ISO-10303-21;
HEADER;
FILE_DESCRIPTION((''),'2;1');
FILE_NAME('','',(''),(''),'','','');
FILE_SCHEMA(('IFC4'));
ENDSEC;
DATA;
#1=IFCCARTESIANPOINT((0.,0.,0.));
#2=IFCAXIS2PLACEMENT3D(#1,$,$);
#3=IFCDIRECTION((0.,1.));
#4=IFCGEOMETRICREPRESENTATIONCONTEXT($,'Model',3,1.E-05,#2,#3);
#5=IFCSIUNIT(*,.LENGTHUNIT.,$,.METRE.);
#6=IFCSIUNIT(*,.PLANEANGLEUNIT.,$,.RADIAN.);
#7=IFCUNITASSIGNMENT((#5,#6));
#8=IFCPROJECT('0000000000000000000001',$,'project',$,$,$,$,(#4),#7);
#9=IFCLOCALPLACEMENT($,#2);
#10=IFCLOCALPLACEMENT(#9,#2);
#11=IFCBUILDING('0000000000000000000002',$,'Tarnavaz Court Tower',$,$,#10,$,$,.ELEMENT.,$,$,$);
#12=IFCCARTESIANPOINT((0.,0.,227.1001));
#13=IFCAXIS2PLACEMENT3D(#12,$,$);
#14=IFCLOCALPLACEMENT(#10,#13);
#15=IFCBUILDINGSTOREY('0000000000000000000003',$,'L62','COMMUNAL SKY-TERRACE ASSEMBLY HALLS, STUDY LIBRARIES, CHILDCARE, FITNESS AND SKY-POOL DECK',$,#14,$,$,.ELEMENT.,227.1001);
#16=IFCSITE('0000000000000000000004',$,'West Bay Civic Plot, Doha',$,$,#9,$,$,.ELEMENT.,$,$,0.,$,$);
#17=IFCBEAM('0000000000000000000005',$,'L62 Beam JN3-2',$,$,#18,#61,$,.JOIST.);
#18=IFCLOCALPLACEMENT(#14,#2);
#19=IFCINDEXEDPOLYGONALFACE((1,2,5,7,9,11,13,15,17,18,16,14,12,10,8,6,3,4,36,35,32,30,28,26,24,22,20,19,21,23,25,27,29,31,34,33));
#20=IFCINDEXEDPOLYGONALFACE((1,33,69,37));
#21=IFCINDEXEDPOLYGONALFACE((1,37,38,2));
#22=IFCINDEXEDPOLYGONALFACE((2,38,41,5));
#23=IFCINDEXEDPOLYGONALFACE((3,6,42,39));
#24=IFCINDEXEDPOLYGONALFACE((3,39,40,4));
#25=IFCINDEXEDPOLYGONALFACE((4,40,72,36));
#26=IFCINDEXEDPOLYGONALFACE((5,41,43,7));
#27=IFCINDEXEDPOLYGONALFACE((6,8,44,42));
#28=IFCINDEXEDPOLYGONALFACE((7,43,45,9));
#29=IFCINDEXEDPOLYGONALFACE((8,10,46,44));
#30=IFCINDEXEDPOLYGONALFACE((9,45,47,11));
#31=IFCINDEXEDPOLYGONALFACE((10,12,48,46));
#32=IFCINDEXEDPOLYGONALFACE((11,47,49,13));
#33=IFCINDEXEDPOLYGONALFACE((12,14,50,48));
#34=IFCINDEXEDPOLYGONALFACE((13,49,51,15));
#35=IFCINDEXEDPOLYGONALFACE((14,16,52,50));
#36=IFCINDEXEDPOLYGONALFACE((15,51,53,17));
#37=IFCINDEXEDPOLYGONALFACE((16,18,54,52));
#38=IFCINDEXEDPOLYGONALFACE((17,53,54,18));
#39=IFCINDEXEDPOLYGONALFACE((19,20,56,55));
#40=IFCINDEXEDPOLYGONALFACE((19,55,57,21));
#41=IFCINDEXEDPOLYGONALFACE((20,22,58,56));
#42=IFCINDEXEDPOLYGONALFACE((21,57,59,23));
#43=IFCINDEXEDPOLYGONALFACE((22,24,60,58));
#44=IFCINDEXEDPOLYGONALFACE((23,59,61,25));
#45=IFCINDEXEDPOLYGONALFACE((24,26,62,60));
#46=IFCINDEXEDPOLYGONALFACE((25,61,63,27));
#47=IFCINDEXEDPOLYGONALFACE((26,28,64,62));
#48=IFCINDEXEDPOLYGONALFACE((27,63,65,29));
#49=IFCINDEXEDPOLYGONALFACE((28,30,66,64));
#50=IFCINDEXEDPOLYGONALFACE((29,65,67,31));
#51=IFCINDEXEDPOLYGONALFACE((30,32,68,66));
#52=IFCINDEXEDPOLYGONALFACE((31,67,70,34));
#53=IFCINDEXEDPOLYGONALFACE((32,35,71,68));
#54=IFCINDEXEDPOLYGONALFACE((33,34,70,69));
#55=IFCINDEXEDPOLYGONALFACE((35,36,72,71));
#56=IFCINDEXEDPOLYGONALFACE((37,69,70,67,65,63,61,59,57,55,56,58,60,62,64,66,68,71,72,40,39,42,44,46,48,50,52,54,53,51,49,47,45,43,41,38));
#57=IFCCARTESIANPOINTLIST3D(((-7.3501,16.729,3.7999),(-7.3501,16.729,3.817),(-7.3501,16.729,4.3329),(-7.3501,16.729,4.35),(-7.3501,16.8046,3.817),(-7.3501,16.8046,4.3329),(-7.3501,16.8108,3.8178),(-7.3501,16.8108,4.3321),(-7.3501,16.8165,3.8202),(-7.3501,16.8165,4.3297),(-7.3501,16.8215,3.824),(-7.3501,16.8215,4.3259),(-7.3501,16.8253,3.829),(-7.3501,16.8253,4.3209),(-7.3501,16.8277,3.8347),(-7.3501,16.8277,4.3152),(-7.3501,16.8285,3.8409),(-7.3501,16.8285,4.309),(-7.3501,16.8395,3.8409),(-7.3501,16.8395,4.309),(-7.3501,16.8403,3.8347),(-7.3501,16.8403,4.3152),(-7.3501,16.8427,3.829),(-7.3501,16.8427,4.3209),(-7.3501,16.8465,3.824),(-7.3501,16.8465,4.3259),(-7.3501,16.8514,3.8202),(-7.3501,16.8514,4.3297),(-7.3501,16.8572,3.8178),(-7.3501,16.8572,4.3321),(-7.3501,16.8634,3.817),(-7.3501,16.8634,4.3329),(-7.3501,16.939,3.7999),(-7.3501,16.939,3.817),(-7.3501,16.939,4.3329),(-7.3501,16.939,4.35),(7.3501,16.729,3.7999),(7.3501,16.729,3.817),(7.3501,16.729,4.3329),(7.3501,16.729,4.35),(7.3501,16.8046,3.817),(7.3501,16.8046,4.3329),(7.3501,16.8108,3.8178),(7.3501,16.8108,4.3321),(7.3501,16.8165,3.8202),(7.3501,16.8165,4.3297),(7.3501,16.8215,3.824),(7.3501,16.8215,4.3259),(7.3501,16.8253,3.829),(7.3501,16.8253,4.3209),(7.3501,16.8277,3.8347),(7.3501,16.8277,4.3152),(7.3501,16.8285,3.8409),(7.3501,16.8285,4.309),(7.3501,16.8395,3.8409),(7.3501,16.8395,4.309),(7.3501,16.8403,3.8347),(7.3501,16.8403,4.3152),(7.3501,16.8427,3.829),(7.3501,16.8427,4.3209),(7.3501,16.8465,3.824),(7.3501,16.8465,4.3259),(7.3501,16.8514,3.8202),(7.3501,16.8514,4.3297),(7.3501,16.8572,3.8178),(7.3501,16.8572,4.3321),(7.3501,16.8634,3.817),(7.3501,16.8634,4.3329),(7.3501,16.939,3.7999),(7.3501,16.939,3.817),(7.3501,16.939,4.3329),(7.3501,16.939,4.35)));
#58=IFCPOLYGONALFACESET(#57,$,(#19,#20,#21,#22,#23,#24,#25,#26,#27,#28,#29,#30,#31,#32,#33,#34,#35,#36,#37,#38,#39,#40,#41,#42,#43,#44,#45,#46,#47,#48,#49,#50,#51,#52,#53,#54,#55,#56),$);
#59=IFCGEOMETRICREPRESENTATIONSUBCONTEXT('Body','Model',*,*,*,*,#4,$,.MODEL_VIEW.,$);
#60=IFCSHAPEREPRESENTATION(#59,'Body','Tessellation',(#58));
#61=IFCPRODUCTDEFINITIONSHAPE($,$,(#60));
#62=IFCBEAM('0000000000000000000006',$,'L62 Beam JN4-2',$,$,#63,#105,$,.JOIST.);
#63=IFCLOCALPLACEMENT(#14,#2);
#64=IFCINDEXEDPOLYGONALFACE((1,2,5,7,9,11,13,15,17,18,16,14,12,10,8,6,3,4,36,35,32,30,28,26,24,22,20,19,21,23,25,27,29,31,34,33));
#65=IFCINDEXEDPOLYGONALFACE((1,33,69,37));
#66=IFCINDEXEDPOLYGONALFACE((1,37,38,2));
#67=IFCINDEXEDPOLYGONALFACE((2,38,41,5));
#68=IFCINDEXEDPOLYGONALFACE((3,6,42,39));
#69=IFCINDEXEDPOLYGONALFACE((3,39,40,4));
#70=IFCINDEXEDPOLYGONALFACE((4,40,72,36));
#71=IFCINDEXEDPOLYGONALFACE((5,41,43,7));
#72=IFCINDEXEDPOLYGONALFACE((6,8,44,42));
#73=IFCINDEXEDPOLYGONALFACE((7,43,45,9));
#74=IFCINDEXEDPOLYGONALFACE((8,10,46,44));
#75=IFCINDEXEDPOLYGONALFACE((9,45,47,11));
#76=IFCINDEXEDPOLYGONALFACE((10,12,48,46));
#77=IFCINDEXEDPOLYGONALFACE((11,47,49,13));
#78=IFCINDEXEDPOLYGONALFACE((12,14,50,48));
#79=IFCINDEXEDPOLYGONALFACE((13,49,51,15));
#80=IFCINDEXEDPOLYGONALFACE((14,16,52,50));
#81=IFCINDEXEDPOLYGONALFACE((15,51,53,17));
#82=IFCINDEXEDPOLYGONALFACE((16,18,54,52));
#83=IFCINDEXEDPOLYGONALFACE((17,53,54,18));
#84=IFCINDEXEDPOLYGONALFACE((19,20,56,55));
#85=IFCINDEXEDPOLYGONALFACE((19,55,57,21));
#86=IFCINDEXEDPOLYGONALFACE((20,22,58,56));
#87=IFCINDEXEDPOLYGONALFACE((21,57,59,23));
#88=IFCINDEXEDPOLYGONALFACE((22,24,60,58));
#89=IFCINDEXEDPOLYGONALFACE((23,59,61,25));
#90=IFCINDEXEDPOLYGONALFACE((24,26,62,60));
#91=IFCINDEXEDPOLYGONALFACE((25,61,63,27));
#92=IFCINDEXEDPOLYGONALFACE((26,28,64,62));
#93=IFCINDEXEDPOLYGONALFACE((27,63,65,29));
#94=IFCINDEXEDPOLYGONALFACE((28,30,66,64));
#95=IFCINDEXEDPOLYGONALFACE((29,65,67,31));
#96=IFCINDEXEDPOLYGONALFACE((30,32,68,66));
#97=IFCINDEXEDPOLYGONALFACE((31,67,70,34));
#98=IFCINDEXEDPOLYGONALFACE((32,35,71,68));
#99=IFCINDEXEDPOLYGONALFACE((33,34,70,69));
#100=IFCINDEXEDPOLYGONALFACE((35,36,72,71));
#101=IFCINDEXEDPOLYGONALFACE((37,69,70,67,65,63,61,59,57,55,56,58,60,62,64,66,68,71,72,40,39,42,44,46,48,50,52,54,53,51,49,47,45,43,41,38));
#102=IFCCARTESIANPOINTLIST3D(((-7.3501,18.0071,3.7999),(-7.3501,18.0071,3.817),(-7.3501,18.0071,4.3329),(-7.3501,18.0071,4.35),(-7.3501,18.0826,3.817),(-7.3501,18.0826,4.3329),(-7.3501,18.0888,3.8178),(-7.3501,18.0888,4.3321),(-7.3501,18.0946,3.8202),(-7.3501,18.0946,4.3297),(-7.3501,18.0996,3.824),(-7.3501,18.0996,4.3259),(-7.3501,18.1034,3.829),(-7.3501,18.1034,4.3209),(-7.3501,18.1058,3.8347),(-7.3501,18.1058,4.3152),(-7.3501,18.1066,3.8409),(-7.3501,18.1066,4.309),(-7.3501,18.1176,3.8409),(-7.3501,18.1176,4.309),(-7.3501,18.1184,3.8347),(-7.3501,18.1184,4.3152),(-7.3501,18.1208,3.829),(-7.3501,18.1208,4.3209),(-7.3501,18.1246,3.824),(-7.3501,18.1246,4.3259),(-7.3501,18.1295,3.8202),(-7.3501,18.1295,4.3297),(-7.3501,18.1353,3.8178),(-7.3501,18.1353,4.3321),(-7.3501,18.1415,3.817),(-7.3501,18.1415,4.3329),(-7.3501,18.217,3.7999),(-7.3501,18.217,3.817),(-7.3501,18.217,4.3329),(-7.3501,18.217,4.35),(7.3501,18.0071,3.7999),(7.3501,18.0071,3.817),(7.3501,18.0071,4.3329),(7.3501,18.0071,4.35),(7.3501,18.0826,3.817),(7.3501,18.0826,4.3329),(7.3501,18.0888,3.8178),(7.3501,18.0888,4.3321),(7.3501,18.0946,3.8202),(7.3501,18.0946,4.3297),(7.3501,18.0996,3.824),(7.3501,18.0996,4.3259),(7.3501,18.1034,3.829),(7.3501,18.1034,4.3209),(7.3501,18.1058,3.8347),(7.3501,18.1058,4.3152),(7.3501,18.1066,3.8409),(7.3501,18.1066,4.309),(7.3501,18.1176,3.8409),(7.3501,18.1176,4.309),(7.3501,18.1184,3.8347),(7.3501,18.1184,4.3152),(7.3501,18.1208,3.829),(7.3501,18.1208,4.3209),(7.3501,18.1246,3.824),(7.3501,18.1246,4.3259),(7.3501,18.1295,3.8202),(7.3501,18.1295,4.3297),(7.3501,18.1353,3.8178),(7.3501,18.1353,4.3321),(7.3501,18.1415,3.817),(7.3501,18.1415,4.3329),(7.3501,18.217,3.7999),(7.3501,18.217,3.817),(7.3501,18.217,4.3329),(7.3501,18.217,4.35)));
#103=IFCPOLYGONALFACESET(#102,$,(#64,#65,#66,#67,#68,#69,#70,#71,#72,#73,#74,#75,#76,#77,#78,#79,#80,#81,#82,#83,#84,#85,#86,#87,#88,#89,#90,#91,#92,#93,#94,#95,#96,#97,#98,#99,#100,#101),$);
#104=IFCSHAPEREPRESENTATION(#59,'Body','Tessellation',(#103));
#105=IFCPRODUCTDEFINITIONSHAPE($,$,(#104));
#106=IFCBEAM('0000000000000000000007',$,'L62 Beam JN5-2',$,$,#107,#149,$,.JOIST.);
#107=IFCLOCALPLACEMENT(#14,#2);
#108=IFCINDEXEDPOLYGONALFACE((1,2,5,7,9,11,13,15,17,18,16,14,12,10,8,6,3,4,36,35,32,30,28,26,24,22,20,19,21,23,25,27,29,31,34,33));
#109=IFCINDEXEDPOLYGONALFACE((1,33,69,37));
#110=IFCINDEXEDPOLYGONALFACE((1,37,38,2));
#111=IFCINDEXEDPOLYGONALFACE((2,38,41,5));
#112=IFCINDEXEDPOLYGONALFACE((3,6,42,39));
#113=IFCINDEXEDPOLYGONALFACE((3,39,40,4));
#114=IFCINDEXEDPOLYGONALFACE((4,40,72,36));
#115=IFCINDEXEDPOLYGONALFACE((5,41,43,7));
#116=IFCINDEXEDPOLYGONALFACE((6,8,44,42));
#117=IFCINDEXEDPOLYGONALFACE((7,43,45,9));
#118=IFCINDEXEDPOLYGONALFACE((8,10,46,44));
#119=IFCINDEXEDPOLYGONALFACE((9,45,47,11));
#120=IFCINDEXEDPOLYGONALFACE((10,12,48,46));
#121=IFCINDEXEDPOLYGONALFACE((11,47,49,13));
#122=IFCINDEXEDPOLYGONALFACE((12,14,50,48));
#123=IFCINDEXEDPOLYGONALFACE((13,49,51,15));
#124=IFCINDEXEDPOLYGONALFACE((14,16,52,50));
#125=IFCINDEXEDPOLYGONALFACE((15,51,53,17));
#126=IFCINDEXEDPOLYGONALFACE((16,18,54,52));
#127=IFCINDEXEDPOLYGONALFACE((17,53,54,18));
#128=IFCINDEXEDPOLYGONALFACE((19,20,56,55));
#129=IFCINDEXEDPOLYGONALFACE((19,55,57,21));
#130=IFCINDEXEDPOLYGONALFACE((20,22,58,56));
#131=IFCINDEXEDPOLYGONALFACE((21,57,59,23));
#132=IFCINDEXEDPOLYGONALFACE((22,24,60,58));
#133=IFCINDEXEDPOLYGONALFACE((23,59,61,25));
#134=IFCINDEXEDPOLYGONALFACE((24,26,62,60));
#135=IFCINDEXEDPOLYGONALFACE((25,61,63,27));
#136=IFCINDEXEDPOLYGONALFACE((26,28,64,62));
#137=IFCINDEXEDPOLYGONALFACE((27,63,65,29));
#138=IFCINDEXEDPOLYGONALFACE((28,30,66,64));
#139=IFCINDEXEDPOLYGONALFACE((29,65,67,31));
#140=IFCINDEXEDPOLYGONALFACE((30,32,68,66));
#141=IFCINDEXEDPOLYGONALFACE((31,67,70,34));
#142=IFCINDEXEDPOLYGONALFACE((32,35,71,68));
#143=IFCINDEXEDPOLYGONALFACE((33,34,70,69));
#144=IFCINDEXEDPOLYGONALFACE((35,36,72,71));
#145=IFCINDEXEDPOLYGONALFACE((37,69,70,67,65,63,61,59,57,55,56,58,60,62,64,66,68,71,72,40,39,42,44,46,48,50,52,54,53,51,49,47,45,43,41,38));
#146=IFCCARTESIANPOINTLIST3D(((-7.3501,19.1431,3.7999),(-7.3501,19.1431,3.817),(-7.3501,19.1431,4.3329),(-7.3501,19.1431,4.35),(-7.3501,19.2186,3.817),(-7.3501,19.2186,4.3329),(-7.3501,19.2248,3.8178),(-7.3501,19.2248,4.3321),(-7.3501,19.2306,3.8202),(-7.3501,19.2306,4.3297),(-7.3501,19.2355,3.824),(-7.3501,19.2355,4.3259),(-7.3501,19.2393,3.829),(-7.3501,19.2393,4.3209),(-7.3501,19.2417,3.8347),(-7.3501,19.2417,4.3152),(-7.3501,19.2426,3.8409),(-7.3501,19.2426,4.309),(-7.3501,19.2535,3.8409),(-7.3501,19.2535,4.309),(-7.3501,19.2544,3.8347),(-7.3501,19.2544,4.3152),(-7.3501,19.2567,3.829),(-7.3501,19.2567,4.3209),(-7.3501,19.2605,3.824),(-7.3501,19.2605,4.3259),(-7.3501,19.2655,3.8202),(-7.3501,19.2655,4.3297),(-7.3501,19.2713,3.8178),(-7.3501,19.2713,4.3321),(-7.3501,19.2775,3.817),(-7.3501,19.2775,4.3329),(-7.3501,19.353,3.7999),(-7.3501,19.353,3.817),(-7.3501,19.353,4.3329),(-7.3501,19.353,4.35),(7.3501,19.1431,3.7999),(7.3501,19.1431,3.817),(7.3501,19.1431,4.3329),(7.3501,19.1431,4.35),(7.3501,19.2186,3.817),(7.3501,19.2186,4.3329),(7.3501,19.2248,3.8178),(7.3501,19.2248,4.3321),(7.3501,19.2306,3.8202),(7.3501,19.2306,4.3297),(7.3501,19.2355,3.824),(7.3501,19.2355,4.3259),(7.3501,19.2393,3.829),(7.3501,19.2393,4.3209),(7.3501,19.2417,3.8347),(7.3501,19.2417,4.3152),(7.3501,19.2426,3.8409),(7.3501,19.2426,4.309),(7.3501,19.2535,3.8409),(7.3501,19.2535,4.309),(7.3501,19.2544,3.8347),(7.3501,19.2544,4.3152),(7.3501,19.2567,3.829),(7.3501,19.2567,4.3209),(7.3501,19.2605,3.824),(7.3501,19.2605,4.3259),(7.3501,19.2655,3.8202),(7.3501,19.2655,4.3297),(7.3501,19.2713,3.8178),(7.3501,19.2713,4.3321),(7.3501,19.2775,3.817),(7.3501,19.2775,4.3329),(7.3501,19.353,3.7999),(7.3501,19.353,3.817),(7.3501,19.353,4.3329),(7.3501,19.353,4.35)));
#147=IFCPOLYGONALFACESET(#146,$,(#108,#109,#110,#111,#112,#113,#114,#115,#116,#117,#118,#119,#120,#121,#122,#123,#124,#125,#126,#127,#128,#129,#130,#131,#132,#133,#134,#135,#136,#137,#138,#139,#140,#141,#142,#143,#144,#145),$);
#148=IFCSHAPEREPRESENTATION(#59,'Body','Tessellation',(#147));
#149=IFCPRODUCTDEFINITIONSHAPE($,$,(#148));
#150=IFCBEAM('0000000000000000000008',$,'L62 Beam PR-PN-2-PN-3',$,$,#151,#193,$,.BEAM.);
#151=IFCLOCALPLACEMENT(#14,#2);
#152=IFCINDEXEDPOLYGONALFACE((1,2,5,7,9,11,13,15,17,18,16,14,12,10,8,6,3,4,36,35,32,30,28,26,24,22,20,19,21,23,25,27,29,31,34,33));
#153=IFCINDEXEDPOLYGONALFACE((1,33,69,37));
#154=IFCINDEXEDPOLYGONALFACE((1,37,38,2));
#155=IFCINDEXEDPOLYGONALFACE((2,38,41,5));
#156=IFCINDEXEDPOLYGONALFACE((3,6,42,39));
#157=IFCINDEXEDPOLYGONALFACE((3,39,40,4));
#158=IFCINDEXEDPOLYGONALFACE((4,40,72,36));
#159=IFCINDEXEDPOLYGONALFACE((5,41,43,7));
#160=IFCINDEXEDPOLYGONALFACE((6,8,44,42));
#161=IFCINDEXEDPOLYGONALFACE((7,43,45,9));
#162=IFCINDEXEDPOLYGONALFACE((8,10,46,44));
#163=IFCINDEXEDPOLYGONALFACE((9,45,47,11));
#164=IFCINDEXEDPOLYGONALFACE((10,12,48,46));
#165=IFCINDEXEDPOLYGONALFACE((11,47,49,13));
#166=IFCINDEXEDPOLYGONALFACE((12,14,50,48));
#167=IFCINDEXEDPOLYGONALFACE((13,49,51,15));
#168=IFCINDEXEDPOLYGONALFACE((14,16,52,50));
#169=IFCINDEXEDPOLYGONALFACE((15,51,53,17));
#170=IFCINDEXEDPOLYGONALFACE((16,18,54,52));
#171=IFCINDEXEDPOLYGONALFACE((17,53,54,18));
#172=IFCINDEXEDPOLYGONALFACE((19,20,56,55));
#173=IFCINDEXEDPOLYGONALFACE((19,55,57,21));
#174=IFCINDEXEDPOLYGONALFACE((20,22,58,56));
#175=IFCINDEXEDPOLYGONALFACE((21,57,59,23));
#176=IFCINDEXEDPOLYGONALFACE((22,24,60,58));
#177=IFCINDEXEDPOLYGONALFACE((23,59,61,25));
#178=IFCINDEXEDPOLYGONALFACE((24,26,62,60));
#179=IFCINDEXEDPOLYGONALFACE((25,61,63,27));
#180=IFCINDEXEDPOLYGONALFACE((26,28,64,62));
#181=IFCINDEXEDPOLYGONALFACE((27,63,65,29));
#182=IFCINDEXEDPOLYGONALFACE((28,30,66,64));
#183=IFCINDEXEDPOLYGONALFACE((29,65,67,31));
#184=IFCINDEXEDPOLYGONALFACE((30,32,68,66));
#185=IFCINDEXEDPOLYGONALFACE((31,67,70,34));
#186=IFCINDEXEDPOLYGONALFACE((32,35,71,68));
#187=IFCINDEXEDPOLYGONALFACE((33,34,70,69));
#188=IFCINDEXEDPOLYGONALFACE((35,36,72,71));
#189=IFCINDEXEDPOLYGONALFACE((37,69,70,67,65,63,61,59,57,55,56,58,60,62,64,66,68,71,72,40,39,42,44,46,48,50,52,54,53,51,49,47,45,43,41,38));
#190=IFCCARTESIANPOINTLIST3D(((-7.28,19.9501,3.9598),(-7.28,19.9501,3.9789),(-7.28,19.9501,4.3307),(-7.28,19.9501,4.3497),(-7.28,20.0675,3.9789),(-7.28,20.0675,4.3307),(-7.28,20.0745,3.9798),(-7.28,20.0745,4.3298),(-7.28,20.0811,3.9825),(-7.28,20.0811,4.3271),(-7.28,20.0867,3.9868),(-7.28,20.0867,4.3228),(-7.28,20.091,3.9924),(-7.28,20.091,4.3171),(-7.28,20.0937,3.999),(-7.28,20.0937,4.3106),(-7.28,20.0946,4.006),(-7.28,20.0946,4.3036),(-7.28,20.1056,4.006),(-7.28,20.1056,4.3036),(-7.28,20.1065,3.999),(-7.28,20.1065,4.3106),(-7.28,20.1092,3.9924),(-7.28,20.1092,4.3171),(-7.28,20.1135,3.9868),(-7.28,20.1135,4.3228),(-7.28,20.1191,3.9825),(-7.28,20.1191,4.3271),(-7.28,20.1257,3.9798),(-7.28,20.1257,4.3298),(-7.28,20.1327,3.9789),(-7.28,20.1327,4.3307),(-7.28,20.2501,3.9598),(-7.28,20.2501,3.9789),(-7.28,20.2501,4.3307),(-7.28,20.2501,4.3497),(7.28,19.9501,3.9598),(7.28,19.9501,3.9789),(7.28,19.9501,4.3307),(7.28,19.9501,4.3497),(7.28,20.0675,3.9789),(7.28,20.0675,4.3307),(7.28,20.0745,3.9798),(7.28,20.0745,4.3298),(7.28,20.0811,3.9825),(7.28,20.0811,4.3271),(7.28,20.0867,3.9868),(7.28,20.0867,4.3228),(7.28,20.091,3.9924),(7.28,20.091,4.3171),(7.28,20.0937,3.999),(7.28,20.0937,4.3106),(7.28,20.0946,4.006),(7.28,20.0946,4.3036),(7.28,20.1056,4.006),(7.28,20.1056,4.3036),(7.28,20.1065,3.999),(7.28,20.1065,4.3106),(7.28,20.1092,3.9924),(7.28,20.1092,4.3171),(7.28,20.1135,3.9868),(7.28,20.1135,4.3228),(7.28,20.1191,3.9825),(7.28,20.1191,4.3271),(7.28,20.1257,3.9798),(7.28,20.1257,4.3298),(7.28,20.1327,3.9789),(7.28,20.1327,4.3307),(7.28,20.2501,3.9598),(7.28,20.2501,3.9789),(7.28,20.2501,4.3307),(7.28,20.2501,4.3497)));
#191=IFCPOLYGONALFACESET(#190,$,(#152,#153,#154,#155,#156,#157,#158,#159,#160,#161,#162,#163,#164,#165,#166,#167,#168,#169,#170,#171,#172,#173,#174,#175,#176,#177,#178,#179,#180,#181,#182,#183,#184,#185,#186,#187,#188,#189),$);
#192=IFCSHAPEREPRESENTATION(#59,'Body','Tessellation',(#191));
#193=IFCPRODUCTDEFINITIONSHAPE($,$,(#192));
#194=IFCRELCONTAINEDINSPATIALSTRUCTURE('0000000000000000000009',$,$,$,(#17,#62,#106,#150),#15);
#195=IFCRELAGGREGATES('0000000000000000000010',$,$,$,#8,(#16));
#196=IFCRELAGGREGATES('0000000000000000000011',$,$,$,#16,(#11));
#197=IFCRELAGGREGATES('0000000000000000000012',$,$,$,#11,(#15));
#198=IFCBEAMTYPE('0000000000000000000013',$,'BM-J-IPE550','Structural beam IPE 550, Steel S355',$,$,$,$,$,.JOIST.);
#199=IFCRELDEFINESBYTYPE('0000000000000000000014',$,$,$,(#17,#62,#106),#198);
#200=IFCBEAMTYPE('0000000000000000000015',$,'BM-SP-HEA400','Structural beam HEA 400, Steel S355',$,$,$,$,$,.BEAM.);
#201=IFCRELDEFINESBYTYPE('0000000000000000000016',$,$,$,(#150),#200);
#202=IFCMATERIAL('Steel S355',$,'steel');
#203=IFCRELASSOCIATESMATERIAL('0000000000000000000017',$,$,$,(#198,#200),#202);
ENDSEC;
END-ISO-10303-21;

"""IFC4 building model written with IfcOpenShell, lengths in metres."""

from ifc_helpers import new_model, si_unit, direction, frame, origin, origin_2d, place, context, subcontext, project, spatial, i_section, extrude, material, material_profile, profile_set, type_object, element, save


model = new_model("IFC4")

# Units and contexts
model_context = context("Model", 3, precision=1e-05, world=origin(), true_north=direction((0.0, 1.0)))
body_context = subcontext(model_context, "Body", "Model", "MODEL_VIEW")
ifc_project = project(units=[si_unit("LENGTHUNIT", "METRE"), si_unit("PLANEANGLEUNIT", "RADIAN")], contexts=[model_context])

# Site, building, storey
site_placement = place(None, origin())
site = spatial("IfcSite", under=ifc_project, at=site_placement, Name="West Bay Civic Plot, Doha", CompositionType="ELEMENT", RefElevation=0.0)
building_placement = place(site_placement, origin())
building = spatial("IfcBuilding", under=site, at=building_placement, Name="Tarnavaz Court Tower", CompositionType="ELEMENT")
storey_placement = place(building_placement, frame((0.0, 0.0, 227.1001)))
storey = spatial("IfcBuildingStorey", under=building, at=storey_placement, Name="L62", Description="COMMUNAL SKY-TERRACE ASSEMBLY HALLS, STUDY LIBRARIES, CHILDCARE, FITNESS AND SKY-POOL DECK", CompositionType="ELEMENT", Elevation=227.1001)

# Beams
ifc_material_1 = material(Name="Steel S355", Category="steel")
ifc_material_profile_1 = material_profile(ifc_material_1, i_section(OverallWidth=0.21, OverallDepth=0.55, WebThickness=0.011, FlangeThickness=0.0171, FilletRadius=0.0239, at=origin_2d()), Name="IPE 550")
ifc_profile_set_1 = profile_set([ifc_material_profile_1], Name="Steel S355")
beam_type_1 = type_object("IfcBeamType", Name="BM-J-IPE550", Description="Structural beam IPE 550, Steel S355", PredefinedType="JOIST", material=ifc_profile_set_1)
for number, where, z_axis, x_axis, name in (
    (1, (-7.3501, 16.834, 4.075), (1.0, 0.0, 0.0), (0.0, 1.0, 0.0), "L62 Beam JN3-2"),
    (2, (-7.3501, 18.1121, 4.075), (1.0, 0.0, 0.0), (0.0, 1.0, 0.0), "L62 Beam JN4-2"),
    (3, (-7.3501, 19.248, 4.075), (1.0, 0.0, 0.0), (0.0, 1.0, 0.0), "L62 Beam JN5-2"),
):
    element("IfcBeam", number, at=place(storey_placement, frame(where, z_axis=z_axis, x_axis=x_axis)), inside=storey, type_object=beam_type_1, Name=name, PredefinedType="JOIST", context=body_context, shape_type="SweptSolid", body=[
        extrude(i_section(OverallWidth=0.21, OverallDepth=0.55, WebThickness=0.011, FlangeThickness=0.0171, FilletRadius=0.0239, at=origin_2d()), origin(), (0.0, 0.0, 1.0), 14.7002),
    ])
ifc_material_profile_2 = material_profile(ifc_material_1, i_section(OverallWidth=0.3, OverallDepth=0.3899, WebThickness=0.011, FlangeThickness=0.019, FilletRadius=0.0271, at=origin_2d()), Name="HEA 400")
ifc_profile_set_2 = profile_set([ifc_material_profile_2], Name="Steel S355")
beam_type_2 = type_object("IfcBeamType", Name="BM-SP-HEA400", Description="Structural beam HEA 400, Steel S355", PredefinedType="BEAM", material=ifc_profile_set_2)
beam_placement = place(storey_placement, frame((-7.28, 20.1001, 4.1548), z_axis=(1.0, 0.0, 0.0), x_axis=(0.0, 1.0, 0.0)))
element("IfcBeam", 4, at=beam_placement, inside=storey, type_object=beam_type_2, Name="L62 Beam PR-PN-2-PN-3", PredefinedType="BEAM", context=body_context, shape_type="SweptSolid", body=[
    extrude(i_section(OverallWidth=0.3, OverallDepth=0.3899, WebThickness=0.011, FlangeThickness=0.019, FilletRadius=0.0271, at=origin_2d()), origin(), (0.0, 0.0, 1.0), 14.5601),
])

save(model, "model.ifc")
